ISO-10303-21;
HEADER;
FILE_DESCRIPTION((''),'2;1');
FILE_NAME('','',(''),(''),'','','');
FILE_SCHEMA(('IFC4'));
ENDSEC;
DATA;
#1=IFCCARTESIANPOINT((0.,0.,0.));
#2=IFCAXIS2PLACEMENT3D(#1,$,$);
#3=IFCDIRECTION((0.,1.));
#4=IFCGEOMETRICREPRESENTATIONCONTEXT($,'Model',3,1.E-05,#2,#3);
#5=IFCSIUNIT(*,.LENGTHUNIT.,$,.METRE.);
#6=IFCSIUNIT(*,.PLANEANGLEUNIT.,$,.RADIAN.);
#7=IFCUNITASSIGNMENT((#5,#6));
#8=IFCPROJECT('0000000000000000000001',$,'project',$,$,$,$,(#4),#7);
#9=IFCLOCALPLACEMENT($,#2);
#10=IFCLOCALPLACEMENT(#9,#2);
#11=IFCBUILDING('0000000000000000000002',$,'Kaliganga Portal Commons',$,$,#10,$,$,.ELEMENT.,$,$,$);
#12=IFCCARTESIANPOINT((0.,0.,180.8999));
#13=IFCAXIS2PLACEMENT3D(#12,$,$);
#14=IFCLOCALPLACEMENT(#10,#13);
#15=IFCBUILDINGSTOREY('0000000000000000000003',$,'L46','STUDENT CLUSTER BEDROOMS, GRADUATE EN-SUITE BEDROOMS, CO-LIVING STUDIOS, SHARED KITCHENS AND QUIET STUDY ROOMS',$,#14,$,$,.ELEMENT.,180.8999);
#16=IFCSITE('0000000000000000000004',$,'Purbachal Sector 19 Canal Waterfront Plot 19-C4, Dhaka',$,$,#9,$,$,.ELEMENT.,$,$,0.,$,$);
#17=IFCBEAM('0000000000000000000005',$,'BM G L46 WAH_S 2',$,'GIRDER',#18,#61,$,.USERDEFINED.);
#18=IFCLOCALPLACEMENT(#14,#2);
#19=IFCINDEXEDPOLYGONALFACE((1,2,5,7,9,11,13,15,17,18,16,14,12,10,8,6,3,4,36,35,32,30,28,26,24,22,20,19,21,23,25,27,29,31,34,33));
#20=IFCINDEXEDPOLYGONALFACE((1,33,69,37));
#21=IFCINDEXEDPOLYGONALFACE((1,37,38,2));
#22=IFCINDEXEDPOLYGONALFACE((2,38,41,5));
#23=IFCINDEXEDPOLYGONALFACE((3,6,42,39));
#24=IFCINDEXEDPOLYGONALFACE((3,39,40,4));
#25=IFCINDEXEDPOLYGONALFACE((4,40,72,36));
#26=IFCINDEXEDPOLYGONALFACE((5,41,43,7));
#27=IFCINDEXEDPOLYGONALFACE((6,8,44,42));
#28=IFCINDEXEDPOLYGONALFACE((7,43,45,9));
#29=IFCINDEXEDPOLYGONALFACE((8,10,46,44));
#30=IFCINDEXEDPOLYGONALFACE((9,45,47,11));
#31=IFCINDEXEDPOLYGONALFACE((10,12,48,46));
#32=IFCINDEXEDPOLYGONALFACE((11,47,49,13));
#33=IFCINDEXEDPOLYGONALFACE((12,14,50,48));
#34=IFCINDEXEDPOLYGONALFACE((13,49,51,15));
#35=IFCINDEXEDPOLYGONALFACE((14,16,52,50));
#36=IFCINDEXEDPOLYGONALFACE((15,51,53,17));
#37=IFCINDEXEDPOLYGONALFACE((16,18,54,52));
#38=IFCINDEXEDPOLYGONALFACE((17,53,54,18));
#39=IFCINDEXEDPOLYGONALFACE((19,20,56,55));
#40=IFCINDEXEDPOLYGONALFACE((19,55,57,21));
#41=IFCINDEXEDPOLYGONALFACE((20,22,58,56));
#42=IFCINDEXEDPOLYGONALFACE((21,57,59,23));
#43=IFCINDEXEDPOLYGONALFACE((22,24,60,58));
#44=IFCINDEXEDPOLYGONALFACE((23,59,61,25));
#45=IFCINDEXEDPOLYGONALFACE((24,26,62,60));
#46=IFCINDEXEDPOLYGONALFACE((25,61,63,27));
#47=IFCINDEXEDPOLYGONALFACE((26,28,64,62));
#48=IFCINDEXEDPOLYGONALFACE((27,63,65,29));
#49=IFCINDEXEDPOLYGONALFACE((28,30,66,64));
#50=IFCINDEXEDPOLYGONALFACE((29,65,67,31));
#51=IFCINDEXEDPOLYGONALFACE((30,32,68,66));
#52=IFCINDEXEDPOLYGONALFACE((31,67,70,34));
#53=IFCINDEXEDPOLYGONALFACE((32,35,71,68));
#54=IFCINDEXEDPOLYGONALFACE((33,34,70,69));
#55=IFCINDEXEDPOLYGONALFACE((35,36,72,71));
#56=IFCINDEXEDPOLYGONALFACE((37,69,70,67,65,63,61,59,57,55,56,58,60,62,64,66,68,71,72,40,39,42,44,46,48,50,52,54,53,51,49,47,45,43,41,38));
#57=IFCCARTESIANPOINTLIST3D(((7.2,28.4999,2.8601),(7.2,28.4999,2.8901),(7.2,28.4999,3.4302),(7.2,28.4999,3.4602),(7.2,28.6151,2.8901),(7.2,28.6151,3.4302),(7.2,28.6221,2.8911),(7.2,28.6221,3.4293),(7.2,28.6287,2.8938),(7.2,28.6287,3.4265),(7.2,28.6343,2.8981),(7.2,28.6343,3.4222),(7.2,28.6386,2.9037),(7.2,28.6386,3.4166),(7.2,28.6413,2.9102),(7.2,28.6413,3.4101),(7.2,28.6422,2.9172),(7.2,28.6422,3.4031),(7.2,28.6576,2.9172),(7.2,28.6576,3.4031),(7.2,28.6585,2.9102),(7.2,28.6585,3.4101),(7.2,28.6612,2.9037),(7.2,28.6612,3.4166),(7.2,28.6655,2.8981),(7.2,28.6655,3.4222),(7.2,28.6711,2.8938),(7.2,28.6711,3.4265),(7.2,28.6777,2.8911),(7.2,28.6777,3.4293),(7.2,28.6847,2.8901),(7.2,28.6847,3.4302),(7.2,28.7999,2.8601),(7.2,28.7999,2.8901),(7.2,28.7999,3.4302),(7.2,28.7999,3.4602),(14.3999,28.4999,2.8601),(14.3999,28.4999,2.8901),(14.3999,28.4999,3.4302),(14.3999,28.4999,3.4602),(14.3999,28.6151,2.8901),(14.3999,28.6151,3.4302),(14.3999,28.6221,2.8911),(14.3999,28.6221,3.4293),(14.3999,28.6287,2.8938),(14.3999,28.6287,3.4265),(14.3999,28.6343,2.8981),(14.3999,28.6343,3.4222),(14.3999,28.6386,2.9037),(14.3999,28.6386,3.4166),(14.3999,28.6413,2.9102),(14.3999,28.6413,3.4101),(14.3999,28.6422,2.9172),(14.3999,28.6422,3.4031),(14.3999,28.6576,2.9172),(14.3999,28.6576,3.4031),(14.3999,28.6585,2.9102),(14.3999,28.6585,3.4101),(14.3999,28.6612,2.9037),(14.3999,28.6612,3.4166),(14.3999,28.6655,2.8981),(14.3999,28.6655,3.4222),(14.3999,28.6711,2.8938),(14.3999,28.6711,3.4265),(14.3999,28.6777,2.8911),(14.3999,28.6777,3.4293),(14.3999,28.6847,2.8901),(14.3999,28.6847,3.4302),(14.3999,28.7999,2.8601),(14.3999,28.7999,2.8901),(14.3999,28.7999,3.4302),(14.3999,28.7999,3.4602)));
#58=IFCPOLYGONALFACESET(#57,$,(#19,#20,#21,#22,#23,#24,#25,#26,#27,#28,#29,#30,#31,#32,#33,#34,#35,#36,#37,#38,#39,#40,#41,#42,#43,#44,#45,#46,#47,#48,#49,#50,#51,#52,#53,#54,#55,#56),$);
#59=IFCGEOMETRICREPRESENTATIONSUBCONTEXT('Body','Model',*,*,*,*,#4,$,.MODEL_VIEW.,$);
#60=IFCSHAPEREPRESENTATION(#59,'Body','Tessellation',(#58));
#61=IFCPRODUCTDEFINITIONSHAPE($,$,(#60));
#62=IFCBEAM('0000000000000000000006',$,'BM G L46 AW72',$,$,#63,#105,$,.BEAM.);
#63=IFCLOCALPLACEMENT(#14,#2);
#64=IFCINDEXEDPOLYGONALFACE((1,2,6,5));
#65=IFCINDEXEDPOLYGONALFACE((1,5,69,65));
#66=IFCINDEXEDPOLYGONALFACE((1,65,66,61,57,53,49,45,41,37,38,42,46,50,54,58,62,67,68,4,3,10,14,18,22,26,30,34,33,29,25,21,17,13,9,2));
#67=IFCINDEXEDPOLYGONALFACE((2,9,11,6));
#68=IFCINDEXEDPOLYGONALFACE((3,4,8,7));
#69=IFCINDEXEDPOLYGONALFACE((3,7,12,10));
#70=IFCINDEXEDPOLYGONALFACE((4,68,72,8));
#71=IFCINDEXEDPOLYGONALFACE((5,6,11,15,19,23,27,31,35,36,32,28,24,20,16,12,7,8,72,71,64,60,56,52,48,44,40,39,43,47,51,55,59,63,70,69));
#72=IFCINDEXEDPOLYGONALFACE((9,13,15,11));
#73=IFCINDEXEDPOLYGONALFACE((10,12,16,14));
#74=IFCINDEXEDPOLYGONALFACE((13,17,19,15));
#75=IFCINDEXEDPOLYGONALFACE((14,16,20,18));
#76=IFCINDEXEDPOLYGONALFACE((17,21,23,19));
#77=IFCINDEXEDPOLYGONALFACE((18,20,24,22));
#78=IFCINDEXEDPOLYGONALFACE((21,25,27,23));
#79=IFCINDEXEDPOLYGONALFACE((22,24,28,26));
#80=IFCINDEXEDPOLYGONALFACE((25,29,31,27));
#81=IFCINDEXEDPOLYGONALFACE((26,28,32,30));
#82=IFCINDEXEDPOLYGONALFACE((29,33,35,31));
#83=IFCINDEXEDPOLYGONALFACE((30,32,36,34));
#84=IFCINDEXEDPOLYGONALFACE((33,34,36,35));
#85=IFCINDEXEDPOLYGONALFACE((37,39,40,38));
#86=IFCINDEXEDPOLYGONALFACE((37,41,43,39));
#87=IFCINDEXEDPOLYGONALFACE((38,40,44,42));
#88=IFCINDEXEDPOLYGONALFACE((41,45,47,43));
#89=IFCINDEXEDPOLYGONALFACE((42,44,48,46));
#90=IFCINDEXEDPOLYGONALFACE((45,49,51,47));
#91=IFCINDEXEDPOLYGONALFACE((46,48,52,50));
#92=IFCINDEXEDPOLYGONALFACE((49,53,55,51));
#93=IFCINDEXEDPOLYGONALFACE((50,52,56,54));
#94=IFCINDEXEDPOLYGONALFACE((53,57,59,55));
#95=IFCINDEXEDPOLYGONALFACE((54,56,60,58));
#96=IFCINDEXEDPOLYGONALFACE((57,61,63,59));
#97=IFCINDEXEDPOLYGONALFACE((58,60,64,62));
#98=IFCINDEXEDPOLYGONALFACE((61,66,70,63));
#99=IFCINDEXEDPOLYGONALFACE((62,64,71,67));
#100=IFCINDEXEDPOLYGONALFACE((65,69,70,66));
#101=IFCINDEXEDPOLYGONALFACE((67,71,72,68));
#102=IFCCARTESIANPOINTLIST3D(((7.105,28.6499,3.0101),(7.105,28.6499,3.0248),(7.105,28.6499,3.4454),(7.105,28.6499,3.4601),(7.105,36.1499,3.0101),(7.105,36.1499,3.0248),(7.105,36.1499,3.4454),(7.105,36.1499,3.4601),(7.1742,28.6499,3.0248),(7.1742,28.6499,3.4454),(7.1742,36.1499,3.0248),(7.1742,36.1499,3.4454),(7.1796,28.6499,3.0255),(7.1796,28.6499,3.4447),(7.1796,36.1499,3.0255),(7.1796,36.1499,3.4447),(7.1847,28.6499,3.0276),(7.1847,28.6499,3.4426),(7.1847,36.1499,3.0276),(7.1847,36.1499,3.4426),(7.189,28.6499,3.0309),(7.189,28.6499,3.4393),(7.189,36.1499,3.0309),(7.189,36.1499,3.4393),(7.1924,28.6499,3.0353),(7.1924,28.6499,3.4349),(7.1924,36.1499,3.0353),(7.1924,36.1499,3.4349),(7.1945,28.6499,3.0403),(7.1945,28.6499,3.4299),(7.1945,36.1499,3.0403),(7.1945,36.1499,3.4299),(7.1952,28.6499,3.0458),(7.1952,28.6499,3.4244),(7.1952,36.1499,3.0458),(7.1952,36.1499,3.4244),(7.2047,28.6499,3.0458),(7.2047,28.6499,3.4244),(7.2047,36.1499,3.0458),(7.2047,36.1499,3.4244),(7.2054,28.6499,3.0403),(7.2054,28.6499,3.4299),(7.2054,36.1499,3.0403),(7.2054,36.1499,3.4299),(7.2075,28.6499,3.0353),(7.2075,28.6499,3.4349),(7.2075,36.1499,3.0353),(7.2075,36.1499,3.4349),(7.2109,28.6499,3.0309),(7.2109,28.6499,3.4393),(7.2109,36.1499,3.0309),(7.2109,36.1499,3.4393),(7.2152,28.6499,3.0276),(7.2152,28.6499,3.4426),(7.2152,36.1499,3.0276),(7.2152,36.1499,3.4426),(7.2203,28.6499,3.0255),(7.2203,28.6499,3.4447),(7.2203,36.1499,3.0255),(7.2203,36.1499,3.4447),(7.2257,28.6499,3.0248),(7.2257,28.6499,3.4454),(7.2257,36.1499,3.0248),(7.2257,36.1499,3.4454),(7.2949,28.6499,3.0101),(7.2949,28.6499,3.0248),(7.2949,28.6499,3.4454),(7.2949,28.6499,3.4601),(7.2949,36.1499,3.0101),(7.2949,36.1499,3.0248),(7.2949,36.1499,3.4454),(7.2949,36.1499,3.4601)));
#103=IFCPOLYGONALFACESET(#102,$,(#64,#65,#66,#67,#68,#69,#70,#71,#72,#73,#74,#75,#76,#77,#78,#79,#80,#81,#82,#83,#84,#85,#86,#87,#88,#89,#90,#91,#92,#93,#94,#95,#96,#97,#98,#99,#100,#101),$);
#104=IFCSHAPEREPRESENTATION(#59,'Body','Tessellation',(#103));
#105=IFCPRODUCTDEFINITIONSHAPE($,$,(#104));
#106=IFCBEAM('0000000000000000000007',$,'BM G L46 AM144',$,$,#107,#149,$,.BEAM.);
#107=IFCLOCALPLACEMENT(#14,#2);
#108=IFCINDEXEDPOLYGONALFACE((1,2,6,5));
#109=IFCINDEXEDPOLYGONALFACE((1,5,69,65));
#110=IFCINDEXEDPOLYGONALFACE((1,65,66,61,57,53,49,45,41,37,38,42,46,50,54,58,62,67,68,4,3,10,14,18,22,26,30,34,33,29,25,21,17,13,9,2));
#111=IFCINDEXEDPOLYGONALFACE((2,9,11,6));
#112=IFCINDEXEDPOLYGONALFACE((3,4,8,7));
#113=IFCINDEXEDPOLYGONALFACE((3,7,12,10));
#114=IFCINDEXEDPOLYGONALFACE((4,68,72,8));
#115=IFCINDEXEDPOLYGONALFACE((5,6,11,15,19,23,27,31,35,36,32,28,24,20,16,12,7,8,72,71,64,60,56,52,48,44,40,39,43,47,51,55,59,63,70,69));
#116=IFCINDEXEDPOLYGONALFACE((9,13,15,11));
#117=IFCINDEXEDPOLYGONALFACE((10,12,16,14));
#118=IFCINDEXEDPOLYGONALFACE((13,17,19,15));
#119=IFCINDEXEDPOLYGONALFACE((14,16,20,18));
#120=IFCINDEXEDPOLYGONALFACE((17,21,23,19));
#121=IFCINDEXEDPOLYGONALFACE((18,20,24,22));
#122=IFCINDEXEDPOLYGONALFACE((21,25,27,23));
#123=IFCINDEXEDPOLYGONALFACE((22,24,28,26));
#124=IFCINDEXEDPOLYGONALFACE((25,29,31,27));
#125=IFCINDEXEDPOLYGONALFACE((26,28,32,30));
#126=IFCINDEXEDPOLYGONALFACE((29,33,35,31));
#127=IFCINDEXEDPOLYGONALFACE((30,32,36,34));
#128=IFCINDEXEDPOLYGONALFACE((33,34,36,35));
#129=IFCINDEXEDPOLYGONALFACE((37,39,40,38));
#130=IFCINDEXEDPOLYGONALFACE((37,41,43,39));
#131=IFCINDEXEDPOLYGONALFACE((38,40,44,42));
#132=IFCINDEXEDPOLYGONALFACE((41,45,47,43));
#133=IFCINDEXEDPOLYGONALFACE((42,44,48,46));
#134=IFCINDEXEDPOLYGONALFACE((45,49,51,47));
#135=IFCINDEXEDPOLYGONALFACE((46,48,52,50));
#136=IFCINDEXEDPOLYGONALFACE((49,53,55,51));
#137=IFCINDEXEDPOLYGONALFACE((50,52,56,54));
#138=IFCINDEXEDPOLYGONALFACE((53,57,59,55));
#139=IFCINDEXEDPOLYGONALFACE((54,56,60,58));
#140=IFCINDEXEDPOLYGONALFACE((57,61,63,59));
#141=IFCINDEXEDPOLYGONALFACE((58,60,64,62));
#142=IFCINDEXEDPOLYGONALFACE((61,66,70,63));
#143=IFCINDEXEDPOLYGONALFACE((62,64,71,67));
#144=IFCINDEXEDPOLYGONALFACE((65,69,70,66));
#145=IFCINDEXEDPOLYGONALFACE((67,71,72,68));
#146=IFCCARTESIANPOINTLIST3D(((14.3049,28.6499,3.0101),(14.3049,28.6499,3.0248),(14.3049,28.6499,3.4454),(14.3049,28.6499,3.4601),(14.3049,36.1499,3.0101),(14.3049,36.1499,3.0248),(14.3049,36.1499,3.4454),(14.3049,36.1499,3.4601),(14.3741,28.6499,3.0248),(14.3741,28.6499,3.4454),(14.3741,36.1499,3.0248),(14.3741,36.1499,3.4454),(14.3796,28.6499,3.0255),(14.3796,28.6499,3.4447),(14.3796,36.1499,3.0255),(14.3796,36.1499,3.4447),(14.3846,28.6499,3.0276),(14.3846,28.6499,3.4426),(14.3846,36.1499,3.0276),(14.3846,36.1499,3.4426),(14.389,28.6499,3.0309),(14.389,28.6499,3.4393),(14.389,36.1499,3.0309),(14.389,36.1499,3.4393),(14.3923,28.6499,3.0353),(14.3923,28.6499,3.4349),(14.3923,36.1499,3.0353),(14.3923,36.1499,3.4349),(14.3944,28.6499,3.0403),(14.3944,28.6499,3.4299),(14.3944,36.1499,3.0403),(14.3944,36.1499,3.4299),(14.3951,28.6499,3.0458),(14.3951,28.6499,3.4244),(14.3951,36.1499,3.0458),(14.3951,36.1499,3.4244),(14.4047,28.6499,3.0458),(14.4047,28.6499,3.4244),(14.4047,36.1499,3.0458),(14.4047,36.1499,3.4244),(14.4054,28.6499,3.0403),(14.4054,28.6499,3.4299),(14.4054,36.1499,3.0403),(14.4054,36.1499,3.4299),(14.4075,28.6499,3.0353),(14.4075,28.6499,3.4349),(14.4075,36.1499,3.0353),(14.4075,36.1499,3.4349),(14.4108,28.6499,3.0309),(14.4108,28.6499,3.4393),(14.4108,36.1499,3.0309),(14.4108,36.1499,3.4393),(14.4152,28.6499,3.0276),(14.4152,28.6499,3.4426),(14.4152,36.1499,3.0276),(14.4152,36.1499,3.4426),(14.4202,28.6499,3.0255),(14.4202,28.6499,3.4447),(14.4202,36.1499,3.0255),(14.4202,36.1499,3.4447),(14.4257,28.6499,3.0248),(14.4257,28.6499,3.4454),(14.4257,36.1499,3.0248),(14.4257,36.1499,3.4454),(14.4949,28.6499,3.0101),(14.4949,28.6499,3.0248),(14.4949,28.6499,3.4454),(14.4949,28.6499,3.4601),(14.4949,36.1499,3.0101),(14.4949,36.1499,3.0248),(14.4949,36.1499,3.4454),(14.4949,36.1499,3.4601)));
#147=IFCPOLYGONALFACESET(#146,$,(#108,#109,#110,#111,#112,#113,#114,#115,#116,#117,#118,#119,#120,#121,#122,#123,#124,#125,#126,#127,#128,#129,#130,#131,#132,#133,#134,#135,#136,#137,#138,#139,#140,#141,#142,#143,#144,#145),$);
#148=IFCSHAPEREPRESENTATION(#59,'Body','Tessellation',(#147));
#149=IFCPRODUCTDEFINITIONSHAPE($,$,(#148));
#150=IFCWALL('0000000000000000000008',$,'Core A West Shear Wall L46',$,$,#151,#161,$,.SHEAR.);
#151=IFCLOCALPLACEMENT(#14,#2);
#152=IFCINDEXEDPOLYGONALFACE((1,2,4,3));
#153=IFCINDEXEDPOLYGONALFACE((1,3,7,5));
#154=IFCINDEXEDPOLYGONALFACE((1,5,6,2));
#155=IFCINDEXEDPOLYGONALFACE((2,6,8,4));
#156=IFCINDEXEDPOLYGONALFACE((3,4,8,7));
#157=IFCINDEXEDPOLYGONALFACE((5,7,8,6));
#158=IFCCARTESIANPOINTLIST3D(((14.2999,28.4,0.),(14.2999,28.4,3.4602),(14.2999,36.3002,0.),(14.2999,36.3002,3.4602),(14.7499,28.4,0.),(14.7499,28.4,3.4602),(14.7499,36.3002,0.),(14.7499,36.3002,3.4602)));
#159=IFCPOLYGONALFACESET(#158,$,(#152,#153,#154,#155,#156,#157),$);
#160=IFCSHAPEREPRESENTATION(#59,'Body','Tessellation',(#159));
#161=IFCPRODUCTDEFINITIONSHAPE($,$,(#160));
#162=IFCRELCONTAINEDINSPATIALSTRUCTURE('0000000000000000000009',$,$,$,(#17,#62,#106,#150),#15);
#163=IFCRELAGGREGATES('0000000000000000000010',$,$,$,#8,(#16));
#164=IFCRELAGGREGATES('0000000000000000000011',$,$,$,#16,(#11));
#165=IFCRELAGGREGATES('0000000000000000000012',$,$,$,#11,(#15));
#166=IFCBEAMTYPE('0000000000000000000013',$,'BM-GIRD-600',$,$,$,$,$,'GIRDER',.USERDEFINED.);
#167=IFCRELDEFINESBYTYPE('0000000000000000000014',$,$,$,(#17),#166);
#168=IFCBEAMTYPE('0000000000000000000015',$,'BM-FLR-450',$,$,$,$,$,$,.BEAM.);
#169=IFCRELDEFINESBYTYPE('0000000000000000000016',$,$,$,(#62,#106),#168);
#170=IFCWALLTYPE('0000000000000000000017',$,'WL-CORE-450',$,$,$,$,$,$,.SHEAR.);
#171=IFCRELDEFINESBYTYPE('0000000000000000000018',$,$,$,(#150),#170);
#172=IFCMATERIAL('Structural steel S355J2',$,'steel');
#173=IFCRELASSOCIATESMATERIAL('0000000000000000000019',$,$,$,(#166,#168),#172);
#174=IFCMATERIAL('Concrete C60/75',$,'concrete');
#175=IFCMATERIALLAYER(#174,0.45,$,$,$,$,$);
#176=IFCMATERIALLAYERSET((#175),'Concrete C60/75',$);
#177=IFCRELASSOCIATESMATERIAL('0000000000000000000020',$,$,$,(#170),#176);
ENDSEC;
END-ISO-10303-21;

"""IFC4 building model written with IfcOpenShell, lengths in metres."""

from ifc_helpers import new_model, si_unit, direction, frame, frame_2d, origin, origin_2d, place, context, subcontext, project, spatial, rectangle, i_section, extrude, source, transform, mapped, material, layer, layer_set, material_profile, profile_set, type_object, element, save


model = new_model("IFC4")

# Units and contexts
model_context = context("Model", 3, precision=1e-05, world=origin(), true_north=direction((0.0, 1.0)))
body_context = subcontext(model_context, "Body", "Model", "MODEL_VIEW")
ifc_project = project(units=[si_unit("LENGTHUNIT", "METRE"), si_unit("PLANEANGLEUNIT", "RADIAN")], contexts=[model_context])

# Site, building, storey
site_placement = place(None, origin())
site = spatial("IfcSite", under=ifc_project, at=site_placement, Name="Purbachal Sector 19 Canal Waterfront Plot 19-C4, Dhaka", CompositionType="ELEMENT", RefElevation=0.0)
building_placement = place(site_placement, origin())
building = spatial("IfcBuilding", under=site, at=building_placement, Name="Kaliganga Portal Commons", CompositionType="ELEMENT")
storey_placement = place(building_placement, frame((0.0, 0.0, 180.8999)))
storey = spatial("IfcBuildingStorey", under=building, at=storey_placement, Name="L46", Description="STUDENT CLUSTER BEDROOMS, GRADUATE EN-SUITE BEDROOMS, CO-LIVING STUDIOS, SHARED KITCHENS AND QUIET STUDY ROOMS", CompositionType="ELEMENT", Elevation=180.8999)

# Shared definitions
ifc_material_1 = material(Name="Concrete C60/75", Category="concrete")

# Beams
ifc_material_2 = material(Name="Structural steel S355J2", Category="steel")
ifc_material_profile_1 = material_profile(ifc_material_2, i_section(OverallWidth=0.3, OverallDepth=0.6001, WebThickness=0.0154, FlangeThickness=0.03, FilletRadius=0.0271, at=origin_2d()), Name="HE 600 B")
ifc_profile_set_1 = profile_set([ifc_material_profile_1], Name="Structural steel S355J2 wide-flange")
beam_type_1 = type_object("IfcBeamType", Name="BM-GIRD-600", ElementType="GIRDER", PredefinedType="USERDEFINED", material=ifc_profile_set_1)
shared_shape_1 = source(origin(), body_context, "Body", "SweptSolid", [
    extrude(i_section(OverallWidth=0.3, OverallDepth=0.6001, WebThickness=0.0154, FlangeThickness=0.03, FilletRadius=0.0271, at=origin_2d()), origin(), (0.0, 0.0, 1.0), 7.2),
])
beam_1_placement = place(storey_placement, frame((7.2, 28.6499, 3.1602), z_axis=(1.0, 0.0, 0.0), x_axis=(0.0, 1.0, 0.0)))
element("IfcBeam", 1, at=beam_1_placement, inside=storey, type_object=beam_type_1, Name="BM G L46 WAH_S 2", ObjectType="GIRDER", PredefinedType="USERDEFINED", context=body_context, shape_type="MappedRepresentation", body=[
    mapped(shared_shape_1, transform((0.0, 0.0, 0.0), x_axis=(1.0, 0.0, 0.0), y_axis=(0.0, 1.0, 0.0), z_axis=(0.0, 0.0, 1.0), scale=1.0)),
])
ifc_material_profile_2 = material_profile(ifc_material_2, i_section(OverallWidth=0.1899, OverallDepth=0.45, WebThickness=0.0095, FlangeThickness=0.0146, FilletRadius=0.021, at=origin_2d()), Name="IPE 450")
ifc_profile_set_2 = profile_set([ifc_material_profile_2], Name="Structural steel S355J2 wide-flange")
beam_type_2 = type_object("IfcBeamType", Name="BM-FLR-450", PredefinedType="BEAM", material=ifc_profile_set_2)
shared_shape_2 = source(origin(), body_context, "Body", "SweptSolid", [
    extrude(i_section(OverallWidth=0.1899, OverallDepth=0.45, WebThickness=0.0095, FlangeThickness=0.0146, FilletRadius=0.021, at=origin_2d()), origin(), (0.0, 0.0, 1.0), 7.5),
])
for number, where, z_axis, x_axis, name in (
    (2, (7.2, 28.6499, 3.2351), (0.0, 1.0, 0.0), (-1.0, 0.0, 0.0), "BM G L46 AW72"),
    (3, (14.3999, 28.6499, 3.2351), (0.0, 1.0, 0.0), (-1.0, 0.0, 0.0), "BM G L46 AM144"),
):
    element("IfcBeam", number, at=place(storey_placement, frame(where, z_axis=z_axis, x_axis=x_axis)), inside=storey, type_object=beam_type_2, Name=name, PredefinedType="BEAM", context=body_context, shape_type="MappedRepresentation", body=[
        mapped(shared_shape_2, transform((0.0, 0.0, 0.0), x_axis=(1.0, 0.0, 0.0), y_axis=(0.0, 1.0, 0.0), z_axis=(0.0, 0.0, 1.0), scale=1.0)),
    ])

# Wall
ifc_layer_1 = layer(ifc_material_1, 0.45)
ifc_layer_set_1 = layer_set([ifc_layer_1], Name="Concrete C60/75")
wall_type_1 = type_object("IfcWallType", Name="WL-CORE-450", PredefinedType="SHEAR", material=ifc_layer_set_1)
wall_1_placement = place(storey_placement, frame((14.5249, 28.3999, 0.0), z_axis=(0.0, 0.0, 1.0), x_axis=(0.0, 1.0, 0.0)))
element("IfcWall", 4, at=wall_1_placement, inside=storey, type_object=wall_type_1, Name="Core A West Shear Wall L46", PredefinedType="SHEAR", context=body_context, shape_type="SweptSolid", body=[
    extrude(rectangle(XDim=7.9001, YDim=0.45, at=frame_2d((3.9502, 0.0))), origin(), (0.0, 0.0, 1.0), 3.4602),
])

save(model, "model.ifc")
